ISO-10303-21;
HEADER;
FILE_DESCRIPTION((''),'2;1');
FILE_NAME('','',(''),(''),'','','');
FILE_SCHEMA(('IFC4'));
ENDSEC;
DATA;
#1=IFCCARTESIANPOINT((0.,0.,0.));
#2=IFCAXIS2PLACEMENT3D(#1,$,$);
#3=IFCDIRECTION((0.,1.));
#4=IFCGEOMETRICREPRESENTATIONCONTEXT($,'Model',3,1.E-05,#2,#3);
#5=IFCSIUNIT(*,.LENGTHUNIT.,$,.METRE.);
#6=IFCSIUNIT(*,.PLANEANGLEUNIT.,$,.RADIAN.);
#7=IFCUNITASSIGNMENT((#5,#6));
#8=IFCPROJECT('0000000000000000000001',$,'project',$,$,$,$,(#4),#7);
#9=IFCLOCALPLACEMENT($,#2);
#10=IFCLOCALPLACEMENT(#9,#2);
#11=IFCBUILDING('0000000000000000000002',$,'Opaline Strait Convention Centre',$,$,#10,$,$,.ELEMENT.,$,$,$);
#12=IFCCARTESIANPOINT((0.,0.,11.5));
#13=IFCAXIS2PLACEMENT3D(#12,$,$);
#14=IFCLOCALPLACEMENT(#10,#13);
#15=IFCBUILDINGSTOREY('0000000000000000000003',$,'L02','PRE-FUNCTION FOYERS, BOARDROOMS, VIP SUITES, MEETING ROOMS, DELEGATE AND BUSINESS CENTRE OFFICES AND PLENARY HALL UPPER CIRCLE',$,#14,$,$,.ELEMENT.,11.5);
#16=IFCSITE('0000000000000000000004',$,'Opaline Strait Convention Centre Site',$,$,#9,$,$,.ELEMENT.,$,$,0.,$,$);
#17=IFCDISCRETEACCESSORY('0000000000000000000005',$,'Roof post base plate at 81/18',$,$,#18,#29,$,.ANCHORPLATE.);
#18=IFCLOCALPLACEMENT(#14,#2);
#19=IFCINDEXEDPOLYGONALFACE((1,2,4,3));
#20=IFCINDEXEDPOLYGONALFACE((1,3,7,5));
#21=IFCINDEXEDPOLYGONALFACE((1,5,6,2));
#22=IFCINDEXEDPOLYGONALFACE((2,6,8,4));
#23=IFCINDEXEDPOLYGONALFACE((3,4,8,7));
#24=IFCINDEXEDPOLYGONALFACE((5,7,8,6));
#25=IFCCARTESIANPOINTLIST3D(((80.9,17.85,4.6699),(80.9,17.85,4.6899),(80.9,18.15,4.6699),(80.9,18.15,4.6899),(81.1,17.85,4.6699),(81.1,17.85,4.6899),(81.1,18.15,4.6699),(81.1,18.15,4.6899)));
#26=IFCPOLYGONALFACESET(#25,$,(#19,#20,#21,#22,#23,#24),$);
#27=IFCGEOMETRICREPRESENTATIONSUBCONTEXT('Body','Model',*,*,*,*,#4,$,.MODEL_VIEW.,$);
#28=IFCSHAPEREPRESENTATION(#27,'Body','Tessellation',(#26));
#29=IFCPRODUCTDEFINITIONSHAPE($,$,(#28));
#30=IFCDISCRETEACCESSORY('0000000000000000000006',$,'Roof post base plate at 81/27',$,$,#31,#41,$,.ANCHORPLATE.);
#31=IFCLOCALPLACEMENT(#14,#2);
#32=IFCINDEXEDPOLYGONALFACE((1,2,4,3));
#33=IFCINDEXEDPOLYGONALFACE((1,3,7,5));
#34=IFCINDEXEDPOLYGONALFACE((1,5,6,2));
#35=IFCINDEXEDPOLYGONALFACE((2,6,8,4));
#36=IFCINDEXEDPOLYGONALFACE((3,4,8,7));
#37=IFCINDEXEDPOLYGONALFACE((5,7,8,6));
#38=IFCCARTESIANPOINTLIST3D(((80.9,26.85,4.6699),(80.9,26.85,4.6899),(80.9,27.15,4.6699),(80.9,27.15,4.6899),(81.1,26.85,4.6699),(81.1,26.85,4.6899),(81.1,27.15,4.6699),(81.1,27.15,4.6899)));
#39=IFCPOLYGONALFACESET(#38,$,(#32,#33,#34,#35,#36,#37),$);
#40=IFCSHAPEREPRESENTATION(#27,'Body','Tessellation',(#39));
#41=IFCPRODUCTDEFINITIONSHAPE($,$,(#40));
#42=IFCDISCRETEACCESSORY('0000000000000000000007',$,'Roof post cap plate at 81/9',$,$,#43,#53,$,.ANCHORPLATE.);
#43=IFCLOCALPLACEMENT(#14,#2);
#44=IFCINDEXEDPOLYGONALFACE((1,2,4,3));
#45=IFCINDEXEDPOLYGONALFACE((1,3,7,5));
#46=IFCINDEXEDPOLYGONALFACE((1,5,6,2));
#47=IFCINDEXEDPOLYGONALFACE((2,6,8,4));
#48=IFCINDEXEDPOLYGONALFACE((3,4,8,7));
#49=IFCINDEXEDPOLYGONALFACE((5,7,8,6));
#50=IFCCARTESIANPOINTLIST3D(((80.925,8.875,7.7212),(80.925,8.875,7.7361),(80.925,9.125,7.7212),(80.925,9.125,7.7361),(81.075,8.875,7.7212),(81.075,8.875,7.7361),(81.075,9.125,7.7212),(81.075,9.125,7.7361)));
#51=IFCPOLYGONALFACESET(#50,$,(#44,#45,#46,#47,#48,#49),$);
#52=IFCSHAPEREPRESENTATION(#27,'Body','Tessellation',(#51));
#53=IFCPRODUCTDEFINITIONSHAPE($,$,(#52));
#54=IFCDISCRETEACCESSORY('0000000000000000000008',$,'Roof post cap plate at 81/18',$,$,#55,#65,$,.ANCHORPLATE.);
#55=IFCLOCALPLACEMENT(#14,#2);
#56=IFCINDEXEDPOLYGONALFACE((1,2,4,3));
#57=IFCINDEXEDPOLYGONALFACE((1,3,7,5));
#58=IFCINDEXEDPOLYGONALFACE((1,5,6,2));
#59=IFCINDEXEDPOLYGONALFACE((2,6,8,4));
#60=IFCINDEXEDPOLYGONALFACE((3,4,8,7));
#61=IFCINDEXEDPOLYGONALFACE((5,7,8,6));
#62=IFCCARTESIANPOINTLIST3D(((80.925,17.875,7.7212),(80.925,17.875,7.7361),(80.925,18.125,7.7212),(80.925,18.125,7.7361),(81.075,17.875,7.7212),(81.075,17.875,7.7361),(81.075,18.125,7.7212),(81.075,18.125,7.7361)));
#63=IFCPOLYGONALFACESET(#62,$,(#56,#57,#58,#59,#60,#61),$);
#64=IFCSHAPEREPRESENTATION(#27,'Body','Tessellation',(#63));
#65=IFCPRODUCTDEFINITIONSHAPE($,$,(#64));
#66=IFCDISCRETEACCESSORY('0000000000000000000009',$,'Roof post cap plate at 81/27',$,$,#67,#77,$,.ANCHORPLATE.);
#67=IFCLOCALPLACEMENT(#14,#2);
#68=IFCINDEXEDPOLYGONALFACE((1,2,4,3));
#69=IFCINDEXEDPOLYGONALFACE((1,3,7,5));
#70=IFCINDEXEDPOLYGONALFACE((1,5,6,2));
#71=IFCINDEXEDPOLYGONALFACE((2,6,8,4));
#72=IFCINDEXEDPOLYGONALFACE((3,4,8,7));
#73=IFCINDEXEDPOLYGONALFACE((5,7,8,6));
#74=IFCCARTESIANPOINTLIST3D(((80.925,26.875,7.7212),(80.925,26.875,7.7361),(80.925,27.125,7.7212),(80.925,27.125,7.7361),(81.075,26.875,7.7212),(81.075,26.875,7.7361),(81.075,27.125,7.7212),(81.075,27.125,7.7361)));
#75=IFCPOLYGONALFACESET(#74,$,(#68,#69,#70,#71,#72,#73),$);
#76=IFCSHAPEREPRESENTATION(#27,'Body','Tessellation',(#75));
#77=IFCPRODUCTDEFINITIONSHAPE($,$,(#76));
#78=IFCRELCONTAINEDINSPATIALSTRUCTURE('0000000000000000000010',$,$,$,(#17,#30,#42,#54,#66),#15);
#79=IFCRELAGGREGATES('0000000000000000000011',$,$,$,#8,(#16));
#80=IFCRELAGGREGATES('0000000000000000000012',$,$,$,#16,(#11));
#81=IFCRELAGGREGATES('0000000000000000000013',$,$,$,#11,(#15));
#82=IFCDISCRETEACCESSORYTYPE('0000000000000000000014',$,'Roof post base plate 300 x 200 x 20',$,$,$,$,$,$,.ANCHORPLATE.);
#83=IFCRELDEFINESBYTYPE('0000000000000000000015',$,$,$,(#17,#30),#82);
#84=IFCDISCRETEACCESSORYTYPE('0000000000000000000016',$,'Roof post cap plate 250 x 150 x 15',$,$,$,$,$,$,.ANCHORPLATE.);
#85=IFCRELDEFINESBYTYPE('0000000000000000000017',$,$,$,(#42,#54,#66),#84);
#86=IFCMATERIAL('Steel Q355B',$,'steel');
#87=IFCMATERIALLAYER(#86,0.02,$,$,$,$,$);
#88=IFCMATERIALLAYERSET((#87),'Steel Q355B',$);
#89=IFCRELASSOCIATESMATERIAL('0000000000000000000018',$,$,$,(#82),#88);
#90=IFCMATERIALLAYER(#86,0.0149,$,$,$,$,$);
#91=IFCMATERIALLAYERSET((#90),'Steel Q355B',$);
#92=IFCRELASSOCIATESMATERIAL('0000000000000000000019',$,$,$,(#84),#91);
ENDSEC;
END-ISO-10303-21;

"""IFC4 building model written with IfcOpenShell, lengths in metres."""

from ifc_helpers import new_model, si_unit, direction, frame, origin, origin_2d, place, context, subcontext, project, spatial, rectangle, extrude, material, layer, layer_set, type_object, element, save


model = new_model("IFC4")

# Units and contexts
model_context = context("Model", 3, precision=1e-05, world=origin(), true_north=direction((0.0, 1.0)))
body_context = subcontext(model_context, "Body", "Model", "MODEL_VIEW")
ifc_project = project(units=[si_unit("LENGTHUNIT", "METRE"), si_unit("PLANEANGLEUNIT", "RADIAN")], contexts=[model_context])

# Site, building, storey
site_placement = place(None, origin())
site = spatial("IfcSite", under=ifc_project, at=site_placement, Name="Opaline Strait Convention Centre Site", CompositionType="ELEMENT", RefElevation=0.0)
building_placement = place(site_placement, origin())
building = spatial("IfcBuilding", under=site, at=building_placement, Name="Opaline Strait Convention Centre", CompositionType="ELEMENT")
storey_placement = place(building_placement, frame((0.0, 0.0, 11.5)))
storey = spatial("IfcBuildingStorey", under=building, at=storey_placement, Name="L02", Description="PRE-FUNCTION FOYERS, BOARDROOMS, VIP SUITES, MEETING ROOMS, DELEGATE AND BUSINESS CENTRE OFFICES AND PLENARY HALL UPPER CIRCLE", CompositionType="ELEMENT", Elevation=11.5)

# Shared definitions
ifc_material_1 = material(Name="Steel Q355B", Category="steel")

# Discrete accessories
ifc_layer_1 = layer(ifc_material_1, 0.02)
ifc_layer_set_1 = layer_set([ifc_layer_1], Name="Steel Q355B")
discrete_accessory_type_1 = type_object("IfcDiscreteAccessoryType", Name="Roof post base plate 300 x 200 x 20", PredefinedType="ANCHORPLATE", material=ifc_layer_set_1)
for number, where, z_axis, x_axis, name in (
    (1, (81.0, 18.0, 4.6699), (0.0, 0.0, 1.0), (1.0, 0.0, 0.0), "Roof post base plate at 81/18"),
    (2, (81.0, 27.0, 4.6699), (0.0, 0.0, 1.0), (1.0, 0.0, 0.0), "Roof post base plate at 81/27"),
):
    element("IfcDiscreteAccessory", number, at=place(storey_placement, frame(where, z_axis=z_axis, x_axis=x_axis)), inside=storey, type_object=discrete_accessory_type_1, Name=name, PredefinedType="ANCHORPLATE", context=body_context, shape_type="SweptSolid", body=[
        extrude(rectangle(XDim=0.2, YDim=0.3, at=origin_2d()), origin(), (0.0, 0.0, 1.0), 0.02),
    ])
ifc_layer_2 = layer(ifc_material_1, 0.0149)
ifc_layer_set_2 = layer_set([ifc_layer_2], Name="Steel Q355B")
discrete_accessory_type_2 = type_object("IfcDiscreteAccessoryType", Name="Roof post cap plate 250 x 150 x 15", PredefinedType="ANCHORPLATE", material=ifc_layer_set_2)
for number, where, z_axis, x_axis, name in (
    (3, (81.0, 9.0, 7.7212), (0.0, 0.0, 1.0), (1.0, 0.0, 0.0), "Roof post cap plate at 81/9"),
    (4, (81.0, 18.0, 7.7212), (0.0, 0.0, 1.0), (1.0, 0.0, 0.0), "Roof post cap plate at 81/18"),
    (5, (81.0, 27.0, 7.7212), (0.0, 0.0, 1.0), (1.0, 0.0, 0.0), "Roof post cap plate at 81/27"),
):
    element("IfcDiscreteAccessory", number, at=place(storey_placement, frame(where, z_axis=z_axis, x_axis=x_axis)), inside=storey, type_object=discrete_accessory_type_2, Name=name, PredefinedType="ANCHORPLATE", context=body_context, shape_type="SweptSolid", body=[
        extrude(rectangle(XDim=0.1499, YDim=0.25, at=origin_2d()), origin(), (0.0, 0.0, 1.0), 0.0149),
    ])

save(model, "model.ifc")
